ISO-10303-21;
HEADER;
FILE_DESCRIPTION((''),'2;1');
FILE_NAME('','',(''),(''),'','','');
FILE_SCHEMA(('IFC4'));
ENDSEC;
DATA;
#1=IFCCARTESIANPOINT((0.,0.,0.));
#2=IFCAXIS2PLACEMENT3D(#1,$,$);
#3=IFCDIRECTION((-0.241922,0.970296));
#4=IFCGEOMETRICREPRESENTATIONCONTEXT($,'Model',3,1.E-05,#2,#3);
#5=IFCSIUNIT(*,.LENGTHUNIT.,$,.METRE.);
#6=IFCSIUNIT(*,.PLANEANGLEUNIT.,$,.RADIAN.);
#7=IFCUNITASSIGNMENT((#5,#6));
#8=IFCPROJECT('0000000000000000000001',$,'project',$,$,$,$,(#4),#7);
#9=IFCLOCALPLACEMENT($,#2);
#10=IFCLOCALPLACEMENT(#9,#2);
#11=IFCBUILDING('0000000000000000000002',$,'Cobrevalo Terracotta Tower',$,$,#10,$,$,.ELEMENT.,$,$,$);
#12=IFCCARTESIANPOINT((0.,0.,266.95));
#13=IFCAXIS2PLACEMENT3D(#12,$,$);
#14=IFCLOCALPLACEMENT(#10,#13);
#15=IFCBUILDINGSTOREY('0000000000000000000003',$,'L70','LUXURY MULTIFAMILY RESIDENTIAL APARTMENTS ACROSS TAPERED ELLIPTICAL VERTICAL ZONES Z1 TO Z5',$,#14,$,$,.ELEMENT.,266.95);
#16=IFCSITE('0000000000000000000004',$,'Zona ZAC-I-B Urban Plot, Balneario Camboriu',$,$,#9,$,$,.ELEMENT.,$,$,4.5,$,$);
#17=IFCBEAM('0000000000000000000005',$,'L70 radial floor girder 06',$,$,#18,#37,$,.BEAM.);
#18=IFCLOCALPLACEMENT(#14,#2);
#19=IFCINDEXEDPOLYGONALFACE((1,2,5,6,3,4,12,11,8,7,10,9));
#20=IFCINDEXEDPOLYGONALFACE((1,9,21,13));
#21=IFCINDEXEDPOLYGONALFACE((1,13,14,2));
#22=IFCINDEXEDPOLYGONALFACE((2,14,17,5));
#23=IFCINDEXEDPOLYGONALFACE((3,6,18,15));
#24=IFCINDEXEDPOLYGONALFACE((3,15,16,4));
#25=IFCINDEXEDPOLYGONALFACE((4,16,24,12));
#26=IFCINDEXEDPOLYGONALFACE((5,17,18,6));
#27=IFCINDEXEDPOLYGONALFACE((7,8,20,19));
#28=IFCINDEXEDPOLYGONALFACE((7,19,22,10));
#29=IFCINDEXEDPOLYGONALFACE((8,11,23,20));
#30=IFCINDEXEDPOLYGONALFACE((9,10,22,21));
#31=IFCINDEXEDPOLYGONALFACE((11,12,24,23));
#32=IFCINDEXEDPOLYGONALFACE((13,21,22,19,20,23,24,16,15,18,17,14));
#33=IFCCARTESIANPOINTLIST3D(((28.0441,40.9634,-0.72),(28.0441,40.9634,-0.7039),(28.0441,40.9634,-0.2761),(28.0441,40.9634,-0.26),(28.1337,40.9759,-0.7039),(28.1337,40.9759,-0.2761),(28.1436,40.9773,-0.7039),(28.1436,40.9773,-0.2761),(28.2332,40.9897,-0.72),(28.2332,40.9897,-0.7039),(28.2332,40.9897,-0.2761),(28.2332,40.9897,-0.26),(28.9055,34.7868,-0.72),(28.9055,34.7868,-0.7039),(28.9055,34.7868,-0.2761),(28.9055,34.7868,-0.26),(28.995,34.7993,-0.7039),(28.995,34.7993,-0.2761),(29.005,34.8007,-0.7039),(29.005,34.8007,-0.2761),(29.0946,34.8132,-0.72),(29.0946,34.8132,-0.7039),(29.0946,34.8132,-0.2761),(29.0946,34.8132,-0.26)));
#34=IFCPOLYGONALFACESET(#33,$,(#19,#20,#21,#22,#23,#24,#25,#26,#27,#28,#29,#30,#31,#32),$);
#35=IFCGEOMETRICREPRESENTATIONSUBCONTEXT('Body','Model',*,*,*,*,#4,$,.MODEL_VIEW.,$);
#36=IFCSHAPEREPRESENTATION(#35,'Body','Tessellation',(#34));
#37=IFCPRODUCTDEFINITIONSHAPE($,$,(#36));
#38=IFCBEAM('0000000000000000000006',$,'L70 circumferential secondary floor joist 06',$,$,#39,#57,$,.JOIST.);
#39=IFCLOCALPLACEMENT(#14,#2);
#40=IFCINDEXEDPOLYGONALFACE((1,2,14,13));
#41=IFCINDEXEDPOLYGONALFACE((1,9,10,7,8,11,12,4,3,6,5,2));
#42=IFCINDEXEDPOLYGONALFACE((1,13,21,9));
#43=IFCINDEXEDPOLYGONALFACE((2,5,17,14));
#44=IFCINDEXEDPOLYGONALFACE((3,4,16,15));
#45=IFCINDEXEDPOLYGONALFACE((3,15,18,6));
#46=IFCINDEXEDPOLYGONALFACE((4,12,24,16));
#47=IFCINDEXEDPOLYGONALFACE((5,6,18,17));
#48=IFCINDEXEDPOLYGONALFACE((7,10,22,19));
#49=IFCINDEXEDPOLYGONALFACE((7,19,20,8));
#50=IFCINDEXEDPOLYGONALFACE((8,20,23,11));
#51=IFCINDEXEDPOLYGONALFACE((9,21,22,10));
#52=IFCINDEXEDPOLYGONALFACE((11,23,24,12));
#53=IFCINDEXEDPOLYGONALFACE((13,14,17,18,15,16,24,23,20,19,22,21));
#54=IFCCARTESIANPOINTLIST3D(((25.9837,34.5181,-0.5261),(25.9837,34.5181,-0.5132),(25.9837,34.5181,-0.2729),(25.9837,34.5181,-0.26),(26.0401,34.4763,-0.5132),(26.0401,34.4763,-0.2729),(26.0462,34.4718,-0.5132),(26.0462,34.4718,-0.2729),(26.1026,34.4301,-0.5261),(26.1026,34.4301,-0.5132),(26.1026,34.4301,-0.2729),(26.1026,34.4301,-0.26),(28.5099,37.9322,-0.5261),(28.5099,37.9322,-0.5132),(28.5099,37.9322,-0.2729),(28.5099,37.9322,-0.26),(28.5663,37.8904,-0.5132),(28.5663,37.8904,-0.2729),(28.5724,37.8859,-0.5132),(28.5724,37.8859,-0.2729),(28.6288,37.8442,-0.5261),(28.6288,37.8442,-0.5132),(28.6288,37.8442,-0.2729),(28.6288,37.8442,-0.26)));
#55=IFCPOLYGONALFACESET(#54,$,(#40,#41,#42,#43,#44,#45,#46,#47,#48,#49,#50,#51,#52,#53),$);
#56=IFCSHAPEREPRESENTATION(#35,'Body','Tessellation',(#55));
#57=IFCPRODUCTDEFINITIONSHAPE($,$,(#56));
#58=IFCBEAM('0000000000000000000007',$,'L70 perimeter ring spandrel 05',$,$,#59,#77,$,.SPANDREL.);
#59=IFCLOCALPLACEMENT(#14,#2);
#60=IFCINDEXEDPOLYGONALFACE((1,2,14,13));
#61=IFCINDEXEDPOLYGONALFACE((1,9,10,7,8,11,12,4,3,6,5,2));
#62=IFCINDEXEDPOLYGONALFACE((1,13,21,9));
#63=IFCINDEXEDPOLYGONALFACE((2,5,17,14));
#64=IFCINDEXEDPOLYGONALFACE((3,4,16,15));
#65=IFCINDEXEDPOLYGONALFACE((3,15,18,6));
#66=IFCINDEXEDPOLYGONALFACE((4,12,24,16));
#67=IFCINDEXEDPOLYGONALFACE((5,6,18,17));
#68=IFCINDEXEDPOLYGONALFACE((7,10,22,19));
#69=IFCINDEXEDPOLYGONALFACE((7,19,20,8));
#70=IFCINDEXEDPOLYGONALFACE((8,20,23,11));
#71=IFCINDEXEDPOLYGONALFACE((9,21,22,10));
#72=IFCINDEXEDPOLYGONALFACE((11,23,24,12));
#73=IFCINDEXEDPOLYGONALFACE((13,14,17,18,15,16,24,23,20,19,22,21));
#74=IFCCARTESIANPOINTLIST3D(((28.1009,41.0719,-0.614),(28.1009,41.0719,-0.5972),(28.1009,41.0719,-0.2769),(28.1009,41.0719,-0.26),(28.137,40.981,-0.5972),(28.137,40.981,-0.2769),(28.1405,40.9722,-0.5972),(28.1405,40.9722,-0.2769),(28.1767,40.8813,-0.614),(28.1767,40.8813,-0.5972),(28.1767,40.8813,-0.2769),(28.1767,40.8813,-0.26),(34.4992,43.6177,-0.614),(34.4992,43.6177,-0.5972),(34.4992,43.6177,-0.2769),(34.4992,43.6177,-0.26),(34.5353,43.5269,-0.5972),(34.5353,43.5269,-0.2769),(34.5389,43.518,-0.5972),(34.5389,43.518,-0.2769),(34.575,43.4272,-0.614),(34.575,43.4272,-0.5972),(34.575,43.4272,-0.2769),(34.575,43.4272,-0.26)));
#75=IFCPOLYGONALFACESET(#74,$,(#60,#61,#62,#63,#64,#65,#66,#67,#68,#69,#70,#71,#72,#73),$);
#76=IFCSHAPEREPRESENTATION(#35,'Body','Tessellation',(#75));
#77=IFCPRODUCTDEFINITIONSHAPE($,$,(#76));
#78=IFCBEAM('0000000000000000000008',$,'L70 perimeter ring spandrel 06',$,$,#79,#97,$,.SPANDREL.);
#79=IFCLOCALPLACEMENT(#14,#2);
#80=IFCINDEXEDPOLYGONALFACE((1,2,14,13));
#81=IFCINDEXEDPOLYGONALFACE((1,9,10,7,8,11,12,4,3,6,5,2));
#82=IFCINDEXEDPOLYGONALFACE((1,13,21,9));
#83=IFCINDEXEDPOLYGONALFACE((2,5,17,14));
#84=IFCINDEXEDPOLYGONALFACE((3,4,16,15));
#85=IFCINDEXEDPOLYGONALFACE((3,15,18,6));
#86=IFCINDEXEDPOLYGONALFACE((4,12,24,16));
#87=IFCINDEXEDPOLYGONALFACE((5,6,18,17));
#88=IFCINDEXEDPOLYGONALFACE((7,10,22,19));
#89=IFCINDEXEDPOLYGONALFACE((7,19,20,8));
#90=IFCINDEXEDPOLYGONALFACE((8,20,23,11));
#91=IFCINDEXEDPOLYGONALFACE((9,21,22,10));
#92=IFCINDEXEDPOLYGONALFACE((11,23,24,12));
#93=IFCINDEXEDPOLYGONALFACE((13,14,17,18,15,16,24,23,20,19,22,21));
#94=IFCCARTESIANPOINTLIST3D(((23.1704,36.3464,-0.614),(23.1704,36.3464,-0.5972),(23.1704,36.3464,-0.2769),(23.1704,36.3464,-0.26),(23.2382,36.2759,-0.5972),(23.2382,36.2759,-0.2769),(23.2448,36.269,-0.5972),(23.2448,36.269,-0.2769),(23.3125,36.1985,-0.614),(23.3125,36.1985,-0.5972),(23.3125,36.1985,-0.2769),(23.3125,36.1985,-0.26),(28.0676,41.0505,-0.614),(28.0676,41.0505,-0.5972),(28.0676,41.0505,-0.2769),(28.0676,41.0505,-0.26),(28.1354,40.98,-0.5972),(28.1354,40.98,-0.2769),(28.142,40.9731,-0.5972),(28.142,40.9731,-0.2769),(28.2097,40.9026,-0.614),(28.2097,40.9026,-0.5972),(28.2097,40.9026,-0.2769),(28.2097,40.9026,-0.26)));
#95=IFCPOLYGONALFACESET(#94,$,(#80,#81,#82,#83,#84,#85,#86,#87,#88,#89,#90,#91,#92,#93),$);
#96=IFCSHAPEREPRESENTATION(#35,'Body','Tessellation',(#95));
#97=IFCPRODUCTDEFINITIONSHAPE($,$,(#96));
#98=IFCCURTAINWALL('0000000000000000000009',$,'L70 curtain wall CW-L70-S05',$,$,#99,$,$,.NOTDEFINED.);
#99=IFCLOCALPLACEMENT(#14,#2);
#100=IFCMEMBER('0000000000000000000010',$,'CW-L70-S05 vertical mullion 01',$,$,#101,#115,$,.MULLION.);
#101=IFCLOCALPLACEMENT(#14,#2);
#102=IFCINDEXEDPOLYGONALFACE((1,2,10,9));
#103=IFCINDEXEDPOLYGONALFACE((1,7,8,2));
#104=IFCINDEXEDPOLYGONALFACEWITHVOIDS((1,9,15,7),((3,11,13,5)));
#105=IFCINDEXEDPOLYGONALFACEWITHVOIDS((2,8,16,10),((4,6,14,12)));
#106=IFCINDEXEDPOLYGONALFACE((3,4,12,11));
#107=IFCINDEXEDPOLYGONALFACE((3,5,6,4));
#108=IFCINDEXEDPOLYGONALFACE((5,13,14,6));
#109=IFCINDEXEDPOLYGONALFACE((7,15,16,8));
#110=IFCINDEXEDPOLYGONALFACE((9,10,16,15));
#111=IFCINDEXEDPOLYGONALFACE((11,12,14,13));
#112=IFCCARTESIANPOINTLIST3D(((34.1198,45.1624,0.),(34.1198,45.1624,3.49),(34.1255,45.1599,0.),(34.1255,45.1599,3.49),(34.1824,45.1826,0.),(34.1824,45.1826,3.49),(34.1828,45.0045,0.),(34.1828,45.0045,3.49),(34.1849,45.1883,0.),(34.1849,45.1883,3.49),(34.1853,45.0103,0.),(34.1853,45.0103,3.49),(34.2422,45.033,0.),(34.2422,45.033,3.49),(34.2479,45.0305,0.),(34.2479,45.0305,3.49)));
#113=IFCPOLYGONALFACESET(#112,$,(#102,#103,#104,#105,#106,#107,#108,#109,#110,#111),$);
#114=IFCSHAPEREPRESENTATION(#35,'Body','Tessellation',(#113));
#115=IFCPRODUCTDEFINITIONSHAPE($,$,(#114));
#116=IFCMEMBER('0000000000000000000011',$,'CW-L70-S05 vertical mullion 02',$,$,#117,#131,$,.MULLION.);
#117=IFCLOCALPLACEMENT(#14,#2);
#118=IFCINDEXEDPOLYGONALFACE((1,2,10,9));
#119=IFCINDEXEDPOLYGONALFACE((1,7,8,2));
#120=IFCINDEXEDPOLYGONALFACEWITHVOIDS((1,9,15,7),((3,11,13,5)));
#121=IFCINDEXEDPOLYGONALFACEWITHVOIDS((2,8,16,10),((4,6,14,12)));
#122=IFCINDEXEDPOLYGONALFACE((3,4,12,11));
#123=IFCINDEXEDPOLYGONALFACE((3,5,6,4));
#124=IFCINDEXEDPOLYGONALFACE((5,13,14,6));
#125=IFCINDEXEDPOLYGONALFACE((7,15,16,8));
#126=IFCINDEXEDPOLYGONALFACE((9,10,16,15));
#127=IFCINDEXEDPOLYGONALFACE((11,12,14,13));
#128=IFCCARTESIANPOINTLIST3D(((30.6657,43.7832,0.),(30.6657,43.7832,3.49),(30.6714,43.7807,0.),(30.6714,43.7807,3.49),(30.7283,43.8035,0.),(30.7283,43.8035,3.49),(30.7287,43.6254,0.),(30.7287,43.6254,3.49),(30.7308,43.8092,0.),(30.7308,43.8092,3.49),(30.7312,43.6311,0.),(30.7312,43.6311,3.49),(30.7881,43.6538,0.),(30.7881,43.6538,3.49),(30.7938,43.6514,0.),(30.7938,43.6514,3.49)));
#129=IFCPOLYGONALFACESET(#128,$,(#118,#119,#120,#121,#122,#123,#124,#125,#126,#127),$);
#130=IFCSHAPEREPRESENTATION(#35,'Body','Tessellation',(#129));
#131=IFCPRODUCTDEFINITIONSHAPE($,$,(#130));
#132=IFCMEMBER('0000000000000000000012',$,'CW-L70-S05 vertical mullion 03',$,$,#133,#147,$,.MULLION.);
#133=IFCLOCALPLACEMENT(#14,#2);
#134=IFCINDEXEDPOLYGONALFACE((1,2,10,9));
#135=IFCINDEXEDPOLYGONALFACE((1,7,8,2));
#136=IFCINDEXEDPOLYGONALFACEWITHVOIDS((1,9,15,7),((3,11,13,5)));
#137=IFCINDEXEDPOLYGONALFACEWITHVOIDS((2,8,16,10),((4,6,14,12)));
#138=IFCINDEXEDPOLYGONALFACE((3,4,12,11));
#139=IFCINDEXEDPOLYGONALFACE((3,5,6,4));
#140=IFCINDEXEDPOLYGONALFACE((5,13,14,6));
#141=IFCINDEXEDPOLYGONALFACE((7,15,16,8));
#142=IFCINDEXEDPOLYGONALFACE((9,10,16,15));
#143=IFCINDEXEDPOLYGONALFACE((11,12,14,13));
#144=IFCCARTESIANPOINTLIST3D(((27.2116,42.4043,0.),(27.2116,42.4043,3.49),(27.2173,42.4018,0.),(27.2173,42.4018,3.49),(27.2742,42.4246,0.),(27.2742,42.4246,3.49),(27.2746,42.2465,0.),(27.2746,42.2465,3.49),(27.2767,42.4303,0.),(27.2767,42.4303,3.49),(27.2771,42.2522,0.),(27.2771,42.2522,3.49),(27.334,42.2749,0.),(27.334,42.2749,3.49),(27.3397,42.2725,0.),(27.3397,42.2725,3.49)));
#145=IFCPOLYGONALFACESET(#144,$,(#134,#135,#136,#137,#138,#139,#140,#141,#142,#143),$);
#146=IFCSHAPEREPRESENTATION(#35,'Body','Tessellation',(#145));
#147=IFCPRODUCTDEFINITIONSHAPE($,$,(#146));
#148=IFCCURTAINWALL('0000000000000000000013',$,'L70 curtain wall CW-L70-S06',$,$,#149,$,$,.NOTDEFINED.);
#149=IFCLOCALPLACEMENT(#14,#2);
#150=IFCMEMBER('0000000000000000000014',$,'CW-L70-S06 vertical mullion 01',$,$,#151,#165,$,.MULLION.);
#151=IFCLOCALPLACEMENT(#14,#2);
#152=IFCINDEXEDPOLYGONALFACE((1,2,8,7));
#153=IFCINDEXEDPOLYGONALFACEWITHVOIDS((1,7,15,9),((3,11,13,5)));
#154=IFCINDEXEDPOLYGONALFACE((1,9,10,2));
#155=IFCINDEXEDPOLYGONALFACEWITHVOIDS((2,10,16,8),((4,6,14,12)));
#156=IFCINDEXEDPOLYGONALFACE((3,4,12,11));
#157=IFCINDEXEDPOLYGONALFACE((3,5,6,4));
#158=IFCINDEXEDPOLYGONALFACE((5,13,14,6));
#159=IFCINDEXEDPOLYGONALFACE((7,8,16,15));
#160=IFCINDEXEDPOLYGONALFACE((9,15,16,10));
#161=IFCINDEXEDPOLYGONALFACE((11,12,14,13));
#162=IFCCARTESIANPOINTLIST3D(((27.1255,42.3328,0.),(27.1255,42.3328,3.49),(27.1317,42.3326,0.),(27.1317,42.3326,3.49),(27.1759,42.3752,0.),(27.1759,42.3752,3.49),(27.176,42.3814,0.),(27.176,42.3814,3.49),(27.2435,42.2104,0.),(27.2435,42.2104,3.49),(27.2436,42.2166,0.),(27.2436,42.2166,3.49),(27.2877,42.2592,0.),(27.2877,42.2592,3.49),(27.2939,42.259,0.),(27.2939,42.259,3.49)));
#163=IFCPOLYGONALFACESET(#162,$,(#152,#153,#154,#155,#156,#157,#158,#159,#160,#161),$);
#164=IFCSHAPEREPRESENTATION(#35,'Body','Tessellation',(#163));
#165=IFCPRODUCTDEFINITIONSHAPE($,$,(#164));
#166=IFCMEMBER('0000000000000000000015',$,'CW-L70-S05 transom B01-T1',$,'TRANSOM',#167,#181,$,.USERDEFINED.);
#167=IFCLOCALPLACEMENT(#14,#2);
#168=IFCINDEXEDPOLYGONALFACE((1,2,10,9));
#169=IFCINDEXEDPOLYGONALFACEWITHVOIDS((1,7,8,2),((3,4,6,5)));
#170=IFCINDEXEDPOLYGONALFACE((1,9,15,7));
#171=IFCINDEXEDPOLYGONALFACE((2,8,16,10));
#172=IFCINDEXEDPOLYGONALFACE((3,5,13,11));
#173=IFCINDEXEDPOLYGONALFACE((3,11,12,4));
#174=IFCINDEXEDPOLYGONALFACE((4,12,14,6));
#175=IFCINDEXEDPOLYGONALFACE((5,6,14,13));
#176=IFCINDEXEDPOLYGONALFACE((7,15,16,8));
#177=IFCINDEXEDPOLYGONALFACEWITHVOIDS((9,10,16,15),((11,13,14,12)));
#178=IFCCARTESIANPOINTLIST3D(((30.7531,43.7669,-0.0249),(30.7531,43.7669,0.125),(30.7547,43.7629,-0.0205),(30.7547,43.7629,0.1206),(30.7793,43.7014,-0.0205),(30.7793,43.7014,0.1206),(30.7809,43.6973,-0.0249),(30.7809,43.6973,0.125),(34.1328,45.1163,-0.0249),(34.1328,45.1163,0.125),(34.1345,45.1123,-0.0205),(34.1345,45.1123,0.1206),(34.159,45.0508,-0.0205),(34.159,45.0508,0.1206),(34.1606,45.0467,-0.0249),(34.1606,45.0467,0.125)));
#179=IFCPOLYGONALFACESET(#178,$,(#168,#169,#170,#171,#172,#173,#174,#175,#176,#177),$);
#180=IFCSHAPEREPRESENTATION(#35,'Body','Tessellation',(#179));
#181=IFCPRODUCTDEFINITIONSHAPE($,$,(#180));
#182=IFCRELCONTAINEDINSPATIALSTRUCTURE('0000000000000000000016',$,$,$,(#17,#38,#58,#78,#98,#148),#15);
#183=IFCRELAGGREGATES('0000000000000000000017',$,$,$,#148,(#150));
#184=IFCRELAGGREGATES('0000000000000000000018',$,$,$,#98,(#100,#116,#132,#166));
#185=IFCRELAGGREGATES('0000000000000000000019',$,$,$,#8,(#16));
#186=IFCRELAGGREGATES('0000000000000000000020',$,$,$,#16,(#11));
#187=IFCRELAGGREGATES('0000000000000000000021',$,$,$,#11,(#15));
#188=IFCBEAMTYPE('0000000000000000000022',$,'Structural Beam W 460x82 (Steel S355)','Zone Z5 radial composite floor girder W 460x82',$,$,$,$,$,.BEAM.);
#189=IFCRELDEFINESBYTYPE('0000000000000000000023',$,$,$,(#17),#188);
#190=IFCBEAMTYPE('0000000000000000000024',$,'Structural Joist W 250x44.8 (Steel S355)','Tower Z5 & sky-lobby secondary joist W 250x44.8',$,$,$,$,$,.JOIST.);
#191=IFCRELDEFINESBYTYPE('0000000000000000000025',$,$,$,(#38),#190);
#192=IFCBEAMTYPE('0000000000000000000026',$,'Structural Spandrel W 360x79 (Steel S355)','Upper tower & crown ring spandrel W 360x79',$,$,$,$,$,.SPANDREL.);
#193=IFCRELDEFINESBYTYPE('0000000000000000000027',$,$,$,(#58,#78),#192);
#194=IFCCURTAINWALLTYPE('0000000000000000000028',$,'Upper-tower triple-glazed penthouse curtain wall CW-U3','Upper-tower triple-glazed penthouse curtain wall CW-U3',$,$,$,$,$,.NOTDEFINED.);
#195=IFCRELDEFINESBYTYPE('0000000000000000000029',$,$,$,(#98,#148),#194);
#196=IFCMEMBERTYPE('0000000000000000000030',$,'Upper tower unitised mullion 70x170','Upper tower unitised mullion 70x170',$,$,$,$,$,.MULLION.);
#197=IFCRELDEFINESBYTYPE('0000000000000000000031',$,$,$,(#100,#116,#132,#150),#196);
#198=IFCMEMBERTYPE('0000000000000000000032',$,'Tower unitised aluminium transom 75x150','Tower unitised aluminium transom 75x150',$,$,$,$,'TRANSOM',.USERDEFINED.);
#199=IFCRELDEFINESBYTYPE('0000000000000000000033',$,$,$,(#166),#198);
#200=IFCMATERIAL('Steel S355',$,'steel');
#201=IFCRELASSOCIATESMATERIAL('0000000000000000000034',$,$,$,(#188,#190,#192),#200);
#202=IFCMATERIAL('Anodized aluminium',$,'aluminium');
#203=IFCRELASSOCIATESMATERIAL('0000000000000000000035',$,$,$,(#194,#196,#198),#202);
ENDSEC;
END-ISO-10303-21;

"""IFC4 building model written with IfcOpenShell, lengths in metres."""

from ifc_helpers import new_model, si_unit, direction, frame, origin, origin_2d, place, context, subcontext, project, spatial, hollow_rectangle, i_section, extrude, source, transform, mapped, material, material_profile, profile_set, type_object, element, aggregate, save


model = new_model("IFC4")

# Units and contexts
model_context = context("Model", 3, precision=1e-05, world=origin(), true_north=direction((-0.241922, 0.970296)))
body_context = subcontext(model_context, "Body", "Model", "MODEL_VIEW")
ifc_project = project(units=[si_unit("LENGTHUNIT", "METRE"), si_unit("PLANEANGLEUNIT", "RADIAN")], contexts=[model_context])

# Site, building, storey
site_placement = place(None, origin())
site = spatial("IfcSite", under=ifc_project, at=site_placement, Name="Zona ZAC-I-B Urban Plot, Balneario Camboriu", CompositionType="ELEMENT", RefElevation=4.5)
building_placement = place(site_placement, origin())
building = spatial("IfcBuilding", under=site, at=building_placement, Name="Cobrevalo Terracotta Tower", CompositionType="ELEMENT")
storey_placement = place(building_placement, frame((0.0, 0.0, 266.95)))
storey = spatial("IfcBuildingStorey", under=building, at=storey_placement, Name="L70", Description="LUXURY MULTIFAMILY RESIDENTIAL APARTMENTS ACROSS TAPERED ELLIPTICAL VERTICAL ZONES Z1 TO Z5", CompositionType="ELEMENT", Elevation=266.95)

# Shared definitions
ifc_material_1 = material(Name="Steel S355", Category="steel")

# Beams
ifc_material_profile_1 = material_profile(ifc_material_1, i_section(OverallWidth=0.1909, OverallDepth=0.46, WebThickness=0.01, FlangeThickness=0.0161, at=origin_2d()), Name="W 460x82")
ifc_profile_set_1 = profile_set([ifc_material_profile_1], Name="Steel S355")
beam_type_1 = type_object("IfcBeamType", Name="Structural Beam W 460x82 (Steel S355)", Description="Zone Z5 radial composite floor girder W 460x82", PredefinedType="BEAM", material=ifc_profile_set_1)
beam_1_placement = place(storey_placement, frame((28.1387, 40.9766, -0.49), z_axis=(0.138116, -0.990416, 0.0), x_axis=(0.990416, 0.138116, 0.0)))
element("IfcBeam", 1, at=beam_1_placement, inside=storey, type_object=beam_type_1, Name="L70 radial floor girder 06", PredefinedType="BEAM", context=body_context, shape_type="SweptSolid", body=[
    extrude(i_section(OverallWidth=0.1909, OverallDepth=0.46, WebThickness=0.01, FlangeThickness=0.0161, at=origin_2d()), origin(), (0.0, 0.0, 1.0), 6.2363),
])
ifc_material_profile_2 = material_profile(ifc_material_1, i_section(OverallWidth=0.1479, OverallDepth=0.2661, WebThickness=0.0076, FlangeThickness=0.0129, at=origin_2d()), Name="W 250x44.8")
ifc_profile_set_2 = profile_set([ifc_material_profile_2], Name="Steel S355")
beam_type_2 = type_object("IfcBeamType", Name="Structural Joist W 250x44.8 (Steel S355)", Description="Tower Z5 & sky-lobby secondary joist W 250x44.8", PredefinedType="JOIST", material=ifc_profile_set_2)
beam_2_placement = place(storey_placement, frame((28.5693, 37.8882, -0.3931), z_axis=(-0.5948, -0.803874, 0.0), x_axis=(0.803874, -0.5948, 0.0)))
element("IfcBeam", 2, at=beam_2_placement, inside=storey, type_object=beam_type_2, Name="L70 circumferential secondary floor joist 06", PredefinedType="JOIST", context=body_context, shape_type="SweptSolid", body=[
    extrude(i_section(OverallWidth=0.1479, OverallDepth=0.2661, WebThickness=0.0076, FlangeThickness=0.0129, at=origin_2d()), origin(), (0.0, 0.0, 1.0), 4.2471),
])
ifc_material_profile_3 = material_profile(ifc_material_1, i_section(OverallWidth=0.2051, OverallDepth=0.354, WebThickness=0.0095, FlangeThickness=0.0168, at=origin_2d()), Name="W 360x79")
ifc_profile_set_3 = profile_set([ifc_material_profile_3], Name="Steel S355")
beam_type_3 = type_object("IfcBeamType", Name="Structural Spandrel W 360x79 (Steel S355)", Description="Upper tower & crown ring spandrel W 360x79", PredefinedType="SPANDREL", material=ifc_profile_set_3)
beam_3_placement = place(storey_placement, frame((34.5371, 43.5225, -0.437), z_axis=(-0.92915, -0.369703, 0.0), x_axis=(0.369703, -0.92915, 0.0)))
element("IfcBeam", 3, at=beam_3_placement, inside=storey, type_object=beam_type_3, Name="L70 perimeter ring spandrel 05", PredefinedType="SPANDREL", context=body_context, shape_type="SweptSolid", body=[
    extrude(i_section(OverallWidth=0.2051, OverallDepth=0.354, WebThickness=0.0095, FlangeThickness=0.0168, at=origin_2d()), origin(), (0.0, 0.0, 1.0), 6.8862),
])
beam_4_placement = place(storey_placement, frame((28.1387, 40.9766, -0.437), z_axis=(-0.721183, -0.692744, 0.0), x_axis=(0.692744, -0.721183, 0.0)))
element("IfcBeam", 4, at=beam_4_placement, inside=storey, type_object=beam_type_3, Name="L70 perimeter ring spandrel 06", PredefinedType="SPANDREL", context=body_context, shape_type="SweptSolid", body=[
    extrude(i_section(OverallWidth=0.2051, OverallDepth=0.354, WebThickness=0.0095, FlangeThickness=0.0168, at=origin_2d()), origin(), (0.0, 0.0, 1.0), 6.7905),
])

# Curtain wall, members
ifc_material_2 = material(Name="Anodized aluminium", Category="aluminium")
curtain_wall_type = type_object("IfcCurtainWallType", Name="Upper-tower triple-glazed penthouse curtain wall CW-U3", Description="Upper-tower triple-glazed penthouse curtain wall CW-U3", PredefinedType="NOTDEFINED", material=ifc_material_2)
curtain_wall_1_placement = place(storey_placement, origin())
curtain_wall_1 = element("IfcCurtainWall", 5, at=curtain_wall_1_placement, inside=storey, type_object=curtain_wall_type, Name="L70 curtain wall CW-L70-S05", PredefinedType="NOTDEFINED")
ifc_material_profile_4 = material_profile(ifc_material_2, hollow_rectangle(XDim=0.0701, YDim=0.1699, WallThickness=0.0044, at=origin_2d()), Name="CWM 70x170")
ifc_profile_set_4 = profile_set([ifc_material_profile_4], Name="Anodized aluminium")
member_type_1 = type_object("IfcMemberType", Name="Upper tower unitised mullion 70x170", Description="Upper tower unitised mullion 70x170", PredefinedType="MULLION", material=ifc_profile_set_4)
shared_shape_1 = source(origin(), body_context, "Body", "SweptSolid", [
    extrude(hollow_rectangle(XDim=0.0701, YDim=0.1699, WallThickness=0.0044, at=origin_2d()), origin(), (0.0, 0.0, 1.0), 3.49),
])
member_1_placement = place(storey_placement, frame((34.1838, 45.0964, 0.0), z_axis=(0.0, 0.0, 1.0), x_axis=(-0.928719, -0.370784, 0.0)))
member_1 = element("IfcMember", 6, at=member_1_placement, type_object=member_type_1, Name="CW-L70-S05 vertical mullion 01", PredefinedType="MULLION", context=body_context, shape_type="MappedRepresentation", body=[
    mapped(shared_shape_1, transform((0.0, 0.0, 0.0), scale=1.0)),
])
member_2_placement = place(storey_placement, frame((30.7297, 43.7173, 0.0), z_axis=(0.0, 0.0, 1.0), x_axis=(-0.928719, -0.370784, 0.0)))
member_2 = element("IfcMember", 7, at=member_2_placement, type_object=member_type_1, Name="CW-L70-S05 vertical mullion 02", PredefinedType="MULLION", context=body_context, shape_type="MappedRepresentation", body=[
    mapped(shared_shape_1, transform((0.0, 0.0, 0.0), scale=1.0)),
])
member_3_placement = place(storey_placement, frame((27.2756, 42.3384, 0.0), z_axis=(0.0, 0.0, 1.0), x_axis=(-0.928719, -0.370784, 0.0)))
member_3 = element("IfcMember", 8, at=member_3_placement, type_object=member_type_1, Name="CW-L70-S05 vertical mullion 03", PredefinedType="MULLION", context=body_context, shape_type="MappedRepresentation", body=[
    mapped(shared_shape_1, transform((0.0, 0.0, 0.0), scale=1.0)),
])

# Curtain wall, member
curtain_wall_2_placement = place(storey_placement, origin())
curtain_wall_2 = element("IfcCurtainWall", 9, at=curtain_wall_2_placement, inside=storey, type_object=curtain_wall_type, Name="L70 curtain wall CW-L70-S06", PredefinedType="NOTDEFINED")
member_4_placement = place(storey_placement, frame((27.2097, 42.2959, 0.0), z_axis=(0.0, 0.0, 1.0), x_axis=(-0.719994, -0.69398, 0.0)))
member_4 = element("IfcMember", 10, at=member_4_placement, type_object=member_type_1, Name="CW-L70-S06 vertical mullion 01", PredefinedType="MULLION", context=body_context, shape_type="MappedRepresentation", body=[
    mapped(shared_shape_1, transform((0.0, 0.0, 0.0), scale=1.0)),
])
aggregate(curtain_wall_2, [member_4])

# Member
ifc_material_profile_5 = material_profile(ifc_material_2, hollow_rectangle(XDim=0.075, YDim=0.1499, WallThickness=0.0044, at=origin_2d()), Name="CWT 75x150")
ifc_profile_set_5 = profile_set([ifc_material_profile_5], Name="Anodized aluminium")
member_type_2 = type_object("IfcMemberType", Name="Tower unitised aluminium transom 75x150", Description="Tower unitised aluminium transom 75x150", ElementType="TRANSOM", PredefinedType="USERDEFINED", material=ifc_profile_set_5)
shared_shape_2 = source(origin(), body_context, "Body", "SweptSolid", [
    extrude(hollow_rectangle(XDim=0.075, YDim=0.1499, WallThickness=0.0044, at=origin_2d()), origin(), (0.0, 0.0, 1.0), 3.6392),
])
member_5_placement = place(storey_placement, frame((34.1467, 45.0815, 0.05), z_axis=(-0.928712, -0.370801, 0.0), x_axis=(0.370801, -0.928712, 0.0)))
member_5 = element("IfcMember", 11, at=member_5_placement, type_object=member_type_2, Name="CW-L70-S05 transom B01-T1", ObjectType="TRANSOM", PredefinedType="USERDEFINED", context=body_context, shape_type="MappedRepresentation", body=[
    mapped(shared_shape_2, transform((0.0, 0.0, 0.0), scale=1.0)),
])

aggregate(curtain_wall_1, [member_1, member_2, member_3, member_5])

save(model, "model.ifc")
